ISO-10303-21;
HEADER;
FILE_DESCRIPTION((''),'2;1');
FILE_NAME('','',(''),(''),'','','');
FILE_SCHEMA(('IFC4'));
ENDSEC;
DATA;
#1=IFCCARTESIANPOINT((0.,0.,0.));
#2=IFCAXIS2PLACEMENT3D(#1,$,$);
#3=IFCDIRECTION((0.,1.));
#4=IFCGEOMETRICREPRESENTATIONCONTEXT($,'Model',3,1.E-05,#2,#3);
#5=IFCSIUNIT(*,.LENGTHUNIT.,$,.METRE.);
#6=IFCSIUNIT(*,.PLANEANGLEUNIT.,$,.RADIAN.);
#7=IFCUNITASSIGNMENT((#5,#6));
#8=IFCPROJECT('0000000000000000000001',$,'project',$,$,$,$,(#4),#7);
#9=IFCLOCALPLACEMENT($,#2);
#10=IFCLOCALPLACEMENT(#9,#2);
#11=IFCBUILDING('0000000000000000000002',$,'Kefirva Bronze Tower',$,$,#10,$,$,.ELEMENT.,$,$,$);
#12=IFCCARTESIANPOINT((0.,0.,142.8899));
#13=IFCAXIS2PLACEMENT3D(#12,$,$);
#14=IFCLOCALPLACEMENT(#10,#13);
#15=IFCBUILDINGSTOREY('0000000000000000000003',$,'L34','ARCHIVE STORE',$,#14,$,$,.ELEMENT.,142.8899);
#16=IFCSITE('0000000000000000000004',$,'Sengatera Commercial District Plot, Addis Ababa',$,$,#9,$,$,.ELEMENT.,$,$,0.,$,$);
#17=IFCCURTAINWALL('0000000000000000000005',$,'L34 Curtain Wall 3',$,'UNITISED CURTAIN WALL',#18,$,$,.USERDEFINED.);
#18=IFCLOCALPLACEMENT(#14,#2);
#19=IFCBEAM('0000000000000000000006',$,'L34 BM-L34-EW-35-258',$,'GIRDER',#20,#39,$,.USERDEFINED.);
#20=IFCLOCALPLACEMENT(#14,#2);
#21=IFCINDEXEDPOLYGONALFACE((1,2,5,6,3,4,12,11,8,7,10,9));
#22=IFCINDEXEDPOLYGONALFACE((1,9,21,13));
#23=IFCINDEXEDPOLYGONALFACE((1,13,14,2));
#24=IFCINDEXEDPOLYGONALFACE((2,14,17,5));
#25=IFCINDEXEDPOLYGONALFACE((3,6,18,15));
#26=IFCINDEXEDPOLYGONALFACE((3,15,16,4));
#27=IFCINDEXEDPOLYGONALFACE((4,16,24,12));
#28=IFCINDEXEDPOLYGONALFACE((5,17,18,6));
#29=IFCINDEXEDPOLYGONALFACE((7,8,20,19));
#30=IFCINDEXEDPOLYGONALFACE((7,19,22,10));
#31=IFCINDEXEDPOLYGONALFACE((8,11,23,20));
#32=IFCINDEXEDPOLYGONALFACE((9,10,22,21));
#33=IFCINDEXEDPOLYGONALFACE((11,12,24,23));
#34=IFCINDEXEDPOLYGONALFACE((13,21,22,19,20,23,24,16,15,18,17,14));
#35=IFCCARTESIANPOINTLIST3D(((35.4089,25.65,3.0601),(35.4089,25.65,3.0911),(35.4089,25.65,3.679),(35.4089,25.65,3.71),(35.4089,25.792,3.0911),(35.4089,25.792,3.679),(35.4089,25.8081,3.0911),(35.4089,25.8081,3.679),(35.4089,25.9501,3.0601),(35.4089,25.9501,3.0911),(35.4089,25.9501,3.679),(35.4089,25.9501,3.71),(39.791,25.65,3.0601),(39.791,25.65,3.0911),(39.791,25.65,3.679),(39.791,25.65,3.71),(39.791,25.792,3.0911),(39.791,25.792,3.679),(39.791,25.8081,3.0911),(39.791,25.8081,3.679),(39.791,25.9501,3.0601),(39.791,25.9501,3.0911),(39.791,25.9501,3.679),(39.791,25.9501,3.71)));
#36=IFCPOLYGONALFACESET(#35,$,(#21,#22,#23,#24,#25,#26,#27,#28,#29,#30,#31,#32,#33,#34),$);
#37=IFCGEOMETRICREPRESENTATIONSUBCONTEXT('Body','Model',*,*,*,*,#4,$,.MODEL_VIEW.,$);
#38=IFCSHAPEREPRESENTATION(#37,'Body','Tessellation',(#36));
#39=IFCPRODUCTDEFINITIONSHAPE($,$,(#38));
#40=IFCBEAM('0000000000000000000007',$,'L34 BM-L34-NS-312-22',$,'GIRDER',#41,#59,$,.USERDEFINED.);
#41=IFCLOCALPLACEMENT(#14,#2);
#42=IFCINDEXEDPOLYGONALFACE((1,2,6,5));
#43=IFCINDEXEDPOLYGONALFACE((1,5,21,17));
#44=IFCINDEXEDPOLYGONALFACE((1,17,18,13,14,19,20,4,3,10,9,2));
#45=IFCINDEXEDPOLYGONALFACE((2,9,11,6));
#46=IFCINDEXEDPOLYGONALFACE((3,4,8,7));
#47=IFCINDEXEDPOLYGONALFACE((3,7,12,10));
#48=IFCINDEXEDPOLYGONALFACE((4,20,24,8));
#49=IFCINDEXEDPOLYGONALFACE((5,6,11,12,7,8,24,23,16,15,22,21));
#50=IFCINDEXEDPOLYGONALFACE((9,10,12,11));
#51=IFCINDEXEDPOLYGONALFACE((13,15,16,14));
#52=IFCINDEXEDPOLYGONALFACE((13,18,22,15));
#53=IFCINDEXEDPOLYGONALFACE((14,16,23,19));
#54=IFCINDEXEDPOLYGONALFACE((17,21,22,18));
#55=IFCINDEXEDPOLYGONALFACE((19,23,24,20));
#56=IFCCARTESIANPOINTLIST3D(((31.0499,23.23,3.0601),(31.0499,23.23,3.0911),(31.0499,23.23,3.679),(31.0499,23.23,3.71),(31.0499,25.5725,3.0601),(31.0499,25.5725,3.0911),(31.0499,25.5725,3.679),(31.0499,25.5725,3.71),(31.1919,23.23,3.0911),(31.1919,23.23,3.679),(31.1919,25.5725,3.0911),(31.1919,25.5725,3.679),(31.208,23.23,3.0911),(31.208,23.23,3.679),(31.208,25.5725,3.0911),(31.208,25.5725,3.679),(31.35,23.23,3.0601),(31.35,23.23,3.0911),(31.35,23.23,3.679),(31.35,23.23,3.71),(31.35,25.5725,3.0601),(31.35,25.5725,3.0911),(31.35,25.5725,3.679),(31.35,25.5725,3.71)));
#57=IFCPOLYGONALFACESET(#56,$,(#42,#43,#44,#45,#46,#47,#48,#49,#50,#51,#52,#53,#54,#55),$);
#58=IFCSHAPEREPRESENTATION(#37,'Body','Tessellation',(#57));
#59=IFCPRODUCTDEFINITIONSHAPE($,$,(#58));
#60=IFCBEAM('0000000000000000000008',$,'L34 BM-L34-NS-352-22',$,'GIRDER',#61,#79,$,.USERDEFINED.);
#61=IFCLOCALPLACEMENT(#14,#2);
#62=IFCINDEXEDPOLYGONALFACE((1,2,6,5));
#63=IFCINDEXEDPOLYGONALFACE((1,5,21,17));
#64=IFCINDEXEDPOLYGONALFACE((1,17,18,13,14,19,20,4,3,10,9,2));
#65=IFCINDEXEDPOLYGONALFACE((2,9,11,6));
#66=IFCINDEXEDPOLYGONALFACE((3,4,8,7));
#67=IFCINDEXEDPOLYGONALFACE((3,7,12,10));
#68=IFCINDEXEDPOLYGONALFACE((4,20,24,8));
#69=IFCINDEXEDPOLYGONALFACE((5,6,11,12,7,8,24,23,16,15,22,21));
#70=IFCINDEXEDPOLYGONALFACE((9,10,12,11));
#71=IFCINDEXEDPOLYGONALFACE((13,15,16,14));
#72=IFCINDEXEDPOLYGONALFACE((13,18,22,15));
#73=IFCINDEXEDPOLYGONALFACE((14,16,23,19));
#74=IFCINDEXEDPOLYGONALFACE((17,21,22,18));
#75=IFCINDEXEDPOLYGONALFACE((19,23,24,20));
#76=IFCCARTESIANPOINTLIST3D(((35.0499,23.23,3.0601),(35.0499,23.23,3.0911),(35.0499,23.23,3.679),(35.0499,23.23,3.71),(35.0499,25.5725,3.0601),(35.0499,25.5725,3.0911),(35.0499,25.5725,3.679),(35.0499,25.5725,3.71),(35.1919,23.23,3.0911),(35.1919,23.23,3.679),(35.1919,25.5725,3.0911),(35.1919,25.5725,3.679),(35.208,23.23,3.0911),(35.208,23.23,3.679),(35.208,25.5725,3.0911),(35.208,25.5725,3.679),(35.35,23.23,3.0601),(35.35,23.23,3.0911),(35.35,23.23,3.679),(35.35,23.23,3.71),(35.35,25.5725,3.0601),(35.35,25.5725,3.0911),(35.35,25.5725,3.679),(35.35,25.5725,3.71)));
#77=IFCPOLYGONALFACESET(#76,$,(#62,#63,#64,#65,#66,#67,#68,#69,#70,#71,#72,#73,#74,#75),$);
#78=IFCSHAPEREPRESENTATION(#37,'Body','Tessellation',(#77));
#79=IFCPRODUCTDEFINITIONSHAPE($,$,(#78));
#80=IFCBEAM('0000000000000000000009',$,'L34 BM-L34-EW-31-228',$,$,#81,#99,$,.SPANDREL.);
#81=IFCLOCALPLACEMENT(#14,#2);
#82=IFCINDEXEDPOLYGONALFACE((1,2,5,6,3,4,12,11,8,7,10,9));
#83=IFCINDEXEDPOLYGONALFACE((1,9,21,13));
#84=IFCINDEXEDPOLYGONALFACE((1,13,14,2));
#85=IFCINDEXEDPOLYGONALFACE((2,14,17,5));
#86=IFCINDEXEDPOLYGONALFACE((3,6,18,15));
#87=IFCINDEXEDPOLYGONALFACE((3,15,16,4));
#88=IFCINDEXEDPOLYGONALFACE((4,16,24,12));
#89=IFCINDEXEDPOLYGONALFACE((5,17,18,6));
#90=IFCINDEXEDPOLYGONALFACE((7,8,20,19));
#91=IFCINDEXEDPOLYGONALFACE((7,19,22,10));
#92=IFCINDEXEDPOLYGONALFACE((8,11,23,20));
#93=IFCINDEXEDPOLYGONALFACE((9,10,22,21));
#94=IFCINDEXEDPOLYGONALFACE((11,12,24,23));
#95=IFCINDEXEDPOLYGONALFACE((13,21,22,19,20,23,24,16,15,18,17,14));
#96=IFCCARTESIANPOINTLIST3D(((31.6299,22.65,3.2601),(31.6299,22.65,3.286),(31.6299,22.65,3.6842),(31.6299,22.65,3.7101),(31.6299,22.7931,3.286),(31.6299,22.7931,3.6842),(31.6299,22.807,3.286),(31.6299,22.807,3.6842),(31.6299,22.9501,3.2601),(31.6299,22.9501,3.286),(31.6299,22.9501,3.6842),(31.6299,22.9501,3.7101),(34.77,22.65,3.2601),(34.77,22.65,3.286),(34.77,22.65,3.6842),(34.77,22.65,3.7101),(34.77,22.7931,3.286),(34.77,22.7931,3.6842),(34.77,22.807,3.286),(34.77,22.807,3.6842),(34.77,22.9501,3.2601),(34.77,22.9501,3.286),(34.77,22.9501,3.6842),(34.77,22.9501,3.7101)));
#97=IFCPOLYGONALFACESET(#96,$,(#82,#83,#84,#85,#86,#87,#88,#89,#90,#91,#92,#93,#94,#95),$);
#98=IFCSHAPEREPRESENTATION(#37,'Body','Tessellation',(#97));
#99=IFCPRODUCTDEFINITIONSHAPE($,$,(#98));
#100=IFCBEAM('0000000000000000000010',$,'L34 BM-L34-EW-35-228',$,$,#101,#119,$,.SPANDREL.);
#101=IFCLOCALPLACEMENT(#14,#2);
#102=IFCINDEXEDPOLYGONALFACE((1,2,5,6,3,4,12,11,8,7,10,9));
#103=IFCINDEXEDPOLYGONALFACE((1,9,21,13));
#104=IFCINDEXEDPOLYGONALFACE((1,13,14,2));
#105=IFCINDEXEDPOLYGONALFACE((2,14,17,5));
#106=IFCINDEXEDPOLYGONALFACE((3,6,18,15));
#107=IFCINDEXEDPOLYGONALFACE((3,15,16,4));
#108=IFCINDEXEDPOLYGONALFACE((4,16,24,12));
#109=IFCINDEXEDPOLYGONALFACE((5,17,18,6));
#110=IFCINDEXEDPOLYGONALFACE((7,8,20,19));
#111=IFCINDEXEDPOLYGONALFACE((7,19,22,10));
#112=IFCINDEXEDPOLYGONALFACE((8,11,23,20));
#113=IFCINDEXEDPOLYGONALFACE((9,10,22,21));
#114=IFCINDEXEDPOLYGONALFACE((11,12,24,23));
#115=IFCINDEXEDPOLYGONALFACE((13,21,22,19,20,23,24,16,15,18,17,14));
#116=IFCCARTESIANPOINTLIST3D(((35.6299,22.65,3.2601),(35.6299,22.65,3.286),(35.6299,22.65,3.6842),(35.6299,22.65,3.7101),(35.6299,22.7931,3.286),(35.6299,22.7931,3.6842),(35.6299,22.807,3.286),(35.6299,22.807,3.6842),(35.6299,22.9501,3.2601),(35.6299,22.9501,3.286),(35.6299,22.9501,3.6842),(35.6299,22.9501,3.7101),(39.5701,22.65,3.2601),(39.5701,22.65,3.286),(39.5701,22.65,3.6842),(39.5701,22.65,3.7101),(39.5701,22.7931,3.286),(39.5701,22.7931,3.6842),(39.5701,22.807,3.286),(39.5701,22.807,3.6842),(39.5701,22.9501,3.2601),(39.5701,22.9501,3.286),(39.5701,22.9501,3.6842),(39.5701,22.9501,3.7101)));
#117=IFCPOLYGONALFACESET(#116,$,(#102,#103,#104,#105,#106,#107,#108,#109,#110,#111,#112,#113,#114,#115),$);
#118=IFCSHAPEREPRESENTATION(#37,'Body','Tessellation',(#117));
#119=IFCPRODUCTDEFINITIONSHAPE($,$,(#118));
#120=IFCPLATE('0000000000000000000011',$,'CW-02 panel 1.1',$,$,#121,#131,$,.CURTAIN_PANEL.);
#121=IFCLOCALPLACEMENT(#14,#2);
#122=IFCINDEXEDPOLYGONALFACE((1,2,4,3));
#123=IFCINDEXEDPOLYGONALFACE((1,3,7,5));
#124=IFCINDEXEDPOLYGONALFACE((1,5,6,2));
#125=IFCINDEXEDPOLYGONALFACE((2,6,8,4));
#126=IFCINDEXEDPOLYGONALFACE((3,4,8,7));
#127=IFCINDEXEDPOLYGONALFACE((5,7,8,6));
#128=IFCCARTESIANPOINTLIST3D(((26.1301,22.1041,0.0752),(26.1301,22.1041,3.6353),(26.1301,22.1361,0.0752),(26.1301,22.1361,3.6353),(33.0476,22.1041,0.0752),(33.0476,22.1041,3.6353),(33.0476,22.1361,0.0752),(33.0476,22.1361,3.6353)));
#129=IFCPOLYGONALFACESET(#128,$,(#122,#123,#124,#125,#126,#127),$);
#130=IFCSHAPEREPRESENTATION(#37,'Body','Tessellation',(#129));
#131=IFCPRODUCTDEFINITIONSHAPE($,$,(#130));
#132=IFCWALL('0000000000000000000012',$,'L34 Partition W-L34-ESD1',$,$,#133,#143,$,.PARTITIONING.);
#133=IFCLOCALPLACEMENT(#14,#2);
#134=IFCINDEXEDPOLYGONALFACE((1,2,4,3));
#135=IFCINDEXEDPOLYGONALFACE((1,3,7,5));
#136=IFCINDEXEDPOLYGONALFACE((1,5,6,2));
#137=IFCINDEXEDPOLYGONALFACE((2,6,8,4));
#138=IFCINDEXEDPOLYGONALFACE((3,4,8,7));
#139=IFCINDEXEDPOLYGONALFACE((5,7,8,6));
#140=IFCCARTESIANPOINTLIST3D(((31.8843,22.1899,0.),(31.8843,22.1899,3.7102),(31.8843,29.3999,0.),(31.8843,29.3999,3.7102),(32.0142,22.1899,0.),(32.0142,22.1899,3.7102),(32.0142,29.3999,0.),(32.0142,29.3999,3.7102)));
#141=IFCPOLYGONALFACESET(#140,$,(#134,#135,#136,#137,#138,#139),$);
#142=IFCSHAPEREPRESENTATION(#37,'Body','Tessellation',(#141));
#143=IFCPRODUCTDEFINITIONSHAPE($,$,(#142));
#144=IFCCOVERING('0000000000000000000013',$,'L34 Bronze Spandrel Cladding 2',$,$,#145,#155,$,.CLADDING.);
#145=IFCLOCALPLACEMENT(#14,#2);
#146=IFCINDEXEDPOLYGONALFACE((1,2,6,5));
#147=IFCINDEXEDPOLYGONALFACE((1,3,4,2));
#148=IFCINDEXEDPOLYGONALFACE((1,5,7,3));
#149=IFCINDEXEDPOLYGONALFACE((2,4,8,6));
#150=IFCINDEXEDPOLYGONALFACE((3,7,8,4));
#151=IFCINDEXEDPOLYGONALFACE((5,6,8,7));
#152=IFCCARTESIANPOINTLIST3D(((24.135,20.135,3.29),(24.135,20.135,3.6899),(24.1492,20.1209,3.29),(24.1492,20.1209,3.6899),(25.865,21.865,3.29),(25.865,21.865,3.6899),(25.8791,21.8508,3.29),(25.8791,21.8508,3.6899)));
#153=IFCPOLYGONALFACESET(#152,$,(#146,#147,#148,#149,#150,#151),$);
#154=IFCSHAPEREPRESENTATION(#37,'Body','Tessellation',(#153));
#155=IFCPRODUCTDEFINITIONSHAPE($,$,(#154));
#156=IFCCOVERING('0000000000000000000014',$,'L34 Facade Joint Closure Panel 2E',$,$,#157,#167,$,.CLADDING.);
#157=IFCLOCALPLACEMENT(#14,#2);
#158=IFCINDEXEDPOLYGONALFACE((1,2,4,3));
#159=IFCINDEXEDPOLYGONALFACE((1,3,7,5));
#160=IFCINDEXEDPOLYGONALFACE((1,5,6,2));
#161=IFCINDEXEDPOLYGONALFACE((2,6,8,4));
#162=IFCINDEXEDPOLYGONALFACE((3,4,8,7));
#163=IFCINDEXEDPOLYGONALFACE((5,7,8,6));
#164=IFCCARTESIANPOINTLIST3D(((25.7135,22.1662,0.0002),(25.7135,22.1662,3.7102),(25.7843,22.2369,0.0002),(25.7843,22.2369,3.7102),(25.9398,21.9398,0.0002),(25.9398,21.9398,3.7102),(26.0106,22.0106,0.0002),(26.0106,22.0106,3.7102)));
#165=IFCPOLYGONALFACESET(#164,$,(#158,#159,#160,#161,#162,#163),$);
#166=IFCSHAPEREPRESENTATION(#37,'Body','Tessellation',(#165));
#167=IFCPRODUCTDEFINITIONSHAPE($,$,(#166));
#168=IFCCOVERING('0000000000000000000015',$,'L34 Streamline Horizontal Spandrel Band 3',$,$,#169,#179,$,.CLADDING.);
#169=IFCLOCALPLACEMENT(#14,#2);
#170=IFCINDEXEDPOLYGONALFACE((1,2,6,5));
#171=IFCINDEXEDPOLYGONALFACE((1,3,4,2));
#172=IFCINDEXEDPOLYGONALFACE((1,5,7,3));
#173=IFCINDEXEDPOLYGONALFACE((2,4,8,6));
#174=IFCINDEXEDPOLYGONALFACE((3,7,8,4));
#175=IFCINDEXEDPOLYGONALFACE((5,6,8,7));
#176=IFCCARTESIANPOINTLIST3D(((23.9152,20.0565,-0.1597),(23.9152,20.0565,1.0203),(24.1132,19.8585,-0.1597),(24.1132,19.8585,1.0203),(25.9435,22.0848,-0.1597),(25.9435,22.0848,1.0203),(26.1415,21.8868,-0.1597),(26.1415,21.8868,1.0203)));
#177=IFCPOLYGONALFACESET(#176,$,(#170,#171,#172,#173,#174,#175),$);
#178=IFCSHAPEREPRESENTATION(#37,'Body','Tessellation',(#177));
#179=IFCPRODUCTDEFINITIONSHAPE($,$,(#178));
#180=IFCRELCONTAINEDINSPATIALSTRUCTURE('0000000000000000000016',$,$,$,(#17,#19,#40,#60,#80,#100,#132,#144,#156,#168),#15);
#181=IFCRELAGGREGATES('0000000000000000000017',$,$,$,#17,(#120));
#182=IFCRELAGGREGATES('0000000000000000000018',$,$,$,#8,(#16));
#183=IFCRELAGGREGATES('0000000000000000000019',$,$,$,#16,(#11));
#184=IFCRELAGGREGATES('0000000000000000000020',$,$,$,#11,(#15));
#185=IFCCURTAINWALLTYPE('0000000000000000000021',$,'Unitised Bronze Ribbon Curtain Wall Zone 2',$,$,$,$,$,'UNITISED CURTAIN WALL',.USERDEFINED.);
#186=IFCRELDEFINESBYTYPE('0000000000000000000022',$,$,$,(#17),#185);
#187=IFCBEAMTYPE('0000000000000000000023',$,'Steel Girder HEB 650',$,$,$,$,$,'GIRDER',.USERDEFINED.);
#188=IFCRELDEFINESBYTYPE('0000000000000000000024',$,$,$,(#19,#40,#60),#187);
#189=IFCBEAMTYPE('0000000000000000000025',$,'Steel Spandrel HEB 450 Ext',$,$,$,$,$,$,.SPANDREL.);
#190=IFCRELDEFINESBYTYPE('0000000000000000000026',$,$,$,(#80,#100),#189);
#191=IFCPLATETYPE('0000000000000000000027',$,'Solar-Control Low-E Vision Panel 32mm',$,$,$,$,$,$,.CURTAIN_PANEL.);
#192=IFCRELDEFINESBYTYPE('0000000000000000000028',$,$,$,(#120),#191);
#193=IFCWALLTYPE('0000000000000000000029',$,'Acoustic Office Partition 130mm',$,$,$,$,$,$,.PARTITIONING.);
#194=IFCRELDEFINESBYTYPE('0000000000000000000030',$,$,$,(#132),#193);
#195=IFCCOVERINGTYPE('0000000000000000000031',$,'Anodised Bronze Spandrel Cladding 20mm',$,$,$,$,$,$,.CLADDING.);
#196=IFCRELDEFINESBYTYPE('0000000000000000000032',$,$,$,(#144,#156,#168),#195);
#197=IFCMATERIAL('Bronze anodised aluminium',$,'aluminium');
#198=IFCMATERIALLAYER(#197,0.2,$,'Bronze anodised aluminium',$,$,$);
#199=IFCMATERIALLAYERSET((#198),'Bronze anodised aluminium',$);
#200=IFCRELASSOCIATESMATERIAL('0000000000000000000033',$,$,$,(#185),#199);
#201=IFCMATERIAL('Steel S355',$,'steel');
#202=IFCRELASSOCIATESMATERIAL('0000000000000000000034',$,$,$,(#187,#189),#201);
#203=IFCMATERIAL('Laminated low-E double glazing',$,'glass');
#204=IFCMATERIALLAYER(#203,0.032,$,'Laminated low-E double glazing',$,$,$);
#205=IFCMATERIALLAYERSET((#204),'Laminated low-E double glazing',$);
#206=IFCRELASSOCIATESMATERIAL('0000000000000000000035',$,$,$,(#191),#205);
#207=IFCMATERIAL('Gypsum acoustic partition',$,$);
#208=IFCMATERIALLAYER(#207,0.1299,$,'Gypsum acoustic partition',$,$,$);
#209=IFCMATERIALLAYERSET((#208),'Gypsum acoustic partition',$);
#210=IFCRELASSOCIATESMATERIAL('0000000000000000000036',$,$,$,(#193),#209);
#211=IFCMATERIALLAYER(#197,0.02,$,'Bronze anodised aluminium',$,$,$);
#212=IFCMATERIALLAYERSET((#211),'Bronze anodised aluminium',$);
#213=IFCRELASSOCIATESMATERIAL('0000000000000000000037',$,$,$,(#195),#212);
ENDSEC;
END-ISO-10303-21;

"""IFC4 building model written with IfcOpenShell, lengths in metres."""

from ifc_helpers import new_model, si_unit, direction, frame, frame_2d, origin, origin_2d, place, context, subcontext, project, spatial, rectangle, i_section, extrude, material, layer, layer_set, material_profile, profile_set, type_object, element, aggregate, save


model = new_model("IFC4")

# Units and contexts
model_context = context("Model", 3, precision=1e-05, world=origin(), true_north=direction((0.0, 1.0)))
body_context = subcontext(model_context, "Body", "Model", "MODEL_VIEW")
ifc_project = project(units=[si_unit("LENGTHUNIT", "METRE"), si_unit("PLANEANGLEUNIT", "RADIAN")], contexts=[model_context])

# Site, building, storey
site_placement = place(None, origin())
site = spatial("IfcSite", under=ifc_project, at=site_placement, Name="Sengatera Commercial District Plot, Addis Ababa", CompositionType="ELEMENT", RefElevation=0.0)
building_placement = place(site_placement, origin())
building = spatial("IfcBuilding", under=site, at=building_placement, Name="Kefirva Bronze Tower", CompositionType="ELEMENT")
storey_placement = place(building_placement, frame((0.0, 0.0, 142.8899)))
storey = spatial("IfcBuildingStorey", under=building, at=storey_placement, Name="L34", Description="ARCHIVE STORE", CompositionType="ELEMENT", Elevation=142.8899)

# Curtain wall
ifc_material_1 = material(Name="Bronze anodised aluminium", Category="aluminium")
ifc_layer_1 = layer(ifc_material_1, 0.2, Name="Bronze anodised aluminium")
ifc_layer_set_1 = layer_set([ifc_layer_1], Name="Bronze anodised aluminium")
curtain_wall_type = type_object("IfcCurtainWallType", Name="Unitised Bronze Ribbon Curtain Wall Zone 2", ElementType="UNITISED CURTAIN WALL", PredefinedType="USERDEFINED", material=ifc_layer_set_1)
curtain_wall_placement = place(storey_placement, origin())
curtain_wall = element("IfcCurtainWall", 1, at=curtain_wall_placement, inside=storey, type_object=curtain_wall_type, Name="L34 Curtain Wall 3", ObjectType="UNITISED CURTAIN WALL", PredefinedType="USERDEFINED")

# Beams
ifc_material_2 = material(Name="Steel S355", Category="steel")
ifc_material_profile_1 = material_profile(ifc_material_2, i_section(OverallWidth=0.3, OverallDepth=0.6499, WebThickness=0.0161, FlangeThickness=0.031, at=origin_2d()), Name="HEB 650")
ifc_profile_set_1 = profile_set([ifc_material_profile_1], Name="Steel S355")
beam_type_1 = type_object("IfcBeamType", Name="Steel Girder HEB 650", ElementType="GIRDER", PredefinedType="USERDEFINED", material=ifc_profile_set_1)
beam_1_placement = place(storey_placement, frame((35.4089, 25.8, 3.385), z_axis=(1.0, 0.0, 0.0), x_axis=(0.0, 1.0, 0.0)))
element("IfcBeam", 2, at=beam_1_placement, inside=storey, type_object=beam_type_1, Name="L34 BM-L34-EW-35-258", ObjectType="GIRDER", PredefinedType="USERDEFINED", context=body_context, shape_type="SweptSolid", body=[
    extrude(i_section(OverallWidth=0.3, OverallDepth=0.6499, WebThickness=0.0161, FlangeThickness=0.031, at=origin_2d()), origin(), (0.0, 0.0, 1.0), 4.3821),
])
for number, where, z_axis, x_axis, name in (
    (3, (31.2, 23.23, 3.385), (0.0, 1.0, 0.0), (-1.0, 0.0, 0.0), "L34 BM-L34-NS-312-22"),
    (4, (35.2, 23.23, 3.385), (0.0, 1.0, 0.0), (-1.0, 0.0, 0.0), "L34 BM-L34-NS-352-22"),
):
    element("IfcBeam", number, at=place(storey_placement, frame(where, z_axis=z_axis, x_axis=x_axis)), inside=storey, type_object=beam_type_1, Name=name, ObjectType="GIRDER", PredefinedType="USERDEFINED", context=body_context, shape_type="SweptSolid", body=[
        extrude(i_section(OverallWidth=0.3, OverallDepth=0.6499, WebThickness=0.0161, FlangeThickness=0.031, at=origin_2d()), origin(), (0.0, 0.0, 1.0), 2.3425),
    ])
ifc_material_profile_2 = material_profile(ifc_material_2, i_section(OverallWidth=0.3, OverallDepth=0.45, WebThickness=0.0139, FlangeThickness=0.0259, at=origin_2d()), Name="HEB 450")
ifc_profile_set_2 = profile_set([ifc_material_profile_2], Name="Steel S355")
beam_type_2 = type_object("IfcBeamType", Name="Steel Spandrel HEB 450 Ext", PredefinedType="SPANDREL", material=ifc_profile_set_2)
beam_2_placement = place(storey_placement, frame((31.6299, 22.8, 3.4851), z_axis=(1.0, 0.0, 0.0), x_axis=(0.0, 1.0, 0.0)))
element("IfcBeam", 5, at=beam_2_placement, inside=storey, type_object=beam_type_2, Name="L34 BM-L34-EW-31-228", PredefinedType="SPANDREL", context=body_context, shape_type="SweptSolid", body=[
    extrude(i_section(OverallWidth=0.3, OverallDepth=0.45, WebThickness=0.0139, FlangeThickness=0.0259, at=origin_2d()), origin(), (0.0, 0.0, 1.0), 3.1401),
])
beam_3_placement = place(storey_placement, frame((35.6299, 22.8, 3.4851), z_axis=(1.0, 0.0, 0.0), x_axis=(0.0, 1.0, 0.0)))
element("IfcBeam", 6, at=beam_3_placement, inside=storey, type_object=beam_type_2, Name="L34 BM-L34-EW-35-228", PredefinedType="SPANDREL", context=body_context, shape_type="SweptSolid", body=[
    extrude(i_section(OverallWidth=0.3, OverallDepth=0.45, WebThickness=0.0139, FlangeThickness=0.0259, at=origin_2d()), origin(), (0.0, 0.0, 1.0), 3.9402),
])

# Plate
ifc_material_3 = material(Name="Laminated low-E double glazing", Category="glass")
ifc_layer_2 = layer(ifc_material_3, 0.032, Name="Laminated low-E double glazing")
ifc_layer_set_2 = layer_set([ifc_layer_2], Name="Laminated low-E double glazing")
plate_type = type_object("IfcPlateType", Name="Solar-Control Low-E Vision Panel 32mm", PredefinedType="CURTAIN_PANEL", material=ifc_layer_set_2)
plate_placement = place(storey_placement, frame((29.5889, 22.1201, 0.0752), z_axis=(0.0, 0.0, 1.0), x_axis=(1.0, 0.0, 0.0)))
plate = element("IfcPlate", 7, at=plate_placement, type_object=plate_type, Name="CW-02 panel 1.1", PredefinedType="CURTAIN_PANEL", context=body_context, shape_type="SweptSolid", body=[
    extrude(rectangle(XDim=6.9175, YDim=0.032, at=origin_2d()), origin(), (0.0, 0.0, 1.0), 3.5601),
])
aggregate(curtain_wall, [plate])

# Wall
ifc_material_4 = material(Name="Gypsum acoustic partition")
ifc_layer_3 = layer(ifc_material_4, 0.1299, Name="Gypsum acoustic partition")
ifc_layer_set_3 = layer_set([ifc_layer_3], Name="Gypsum acoustic partition")
wall_type = type_object("IfcWallType", Name="Acoustic Office Partition 130mm", PredefinedType="PARTITIONING", material=ifc_layer_set_3)
wall_placement = place(storey_placement, frame((31.9492, 22.1899, 0.0), z_axis=(0.0, 0.0, 1.0), x_axis=(0.0, 1.0, 0.0)))
element("IfcWall", 8, at=wall_placement, inside=storey, type_object=wall_type, Name="L34 Partition W-L34-ESD1", PredefinedType="PARTITIONING", context=body_context, shape_type="SweptSolid", body=[
    extrude(rectangle(XDim=7.21, YDim=0.1299, at=frame_2d((3.605, 0.0))), origin(), (0.0, 0.0, 1.0), 3.7102),
])

# Coverings
ifc_layer_4 = layer(ifc_material_1, 0.02, Name="Bronze anodised aluminium")
ifc_layer_set_4 = layer_set([ifc_layer_4], Name="Bronze anodised aluminium")
covering_type_1 = type_object("IfcCoveringType", Name="Anodised Bronze Spandrel Cladding 20mm", PredefinedType="CLADDING", material=ifc_layer_set_4)
covering_1_placement = place(storey_placement, frame((25.0071, 20.9929, 3.29), z_axis=(0.0, 0.0, 1.0), x_axis=(0.707107, 0.707107, 0.0)))
element("IfcCovering", 9, at=covering_1_placement, inside=storey, type_object=covering_type_1, Name="L34 Bronze Spandrel Cladding 2", PredefinedType="CLADDING", context=body_context, shape_type="SweptSolid", body=[
    extrude(rectangle(XDim=2.4465, YDim=0.02, at=origin_2d()), origin(), (0.0, 0.0, 1.0), 0.3999),
])
covering_2_placement = place(storey_placement, frame((25.8621, 22.0884, 0.0002), z_axis=(0.0, 0.0, 1.0), x_axis=(0.707107, 0.707107, 0.0)))
element("IfcCovering", 10, at=covering_2_placement, inside=storey, type_object=covering_type_1, Name="L34 Facade Joint Closure Panel 2E", PredefinedType="CLADDING", context=body_context, shape_type="SweptSolid", body=[
    extrude(rectangle(XDim=0.1001, YDim=0.3201, at=origin_2d()), origin(), (0.0, 0.0, 1.0), 3.71),
])
covering_3_placement = place(storey_placement, frame((25.0283, 20.9717, -0.1597), z_axis=(0.0, 0.0, 1.0), x_axis=(0.707107, 0.707107, 0.0)))
element("IfcCovering", 11, at=covering_3_placement, inside=storey, type_object=covering_type_1, Name="L34 Streamline Horizontal Spandrel Band 3", PredefinedType="CLADDING", context=body_context, shape_type="SweptSolid", body=[
    extrude(rectangle(XDim=2.8684, YDim=0.28, at=origin_2d()), origin(), (0.0, 0.0, 1.0), 1.1799),
])

save(model, "model.ifc")
